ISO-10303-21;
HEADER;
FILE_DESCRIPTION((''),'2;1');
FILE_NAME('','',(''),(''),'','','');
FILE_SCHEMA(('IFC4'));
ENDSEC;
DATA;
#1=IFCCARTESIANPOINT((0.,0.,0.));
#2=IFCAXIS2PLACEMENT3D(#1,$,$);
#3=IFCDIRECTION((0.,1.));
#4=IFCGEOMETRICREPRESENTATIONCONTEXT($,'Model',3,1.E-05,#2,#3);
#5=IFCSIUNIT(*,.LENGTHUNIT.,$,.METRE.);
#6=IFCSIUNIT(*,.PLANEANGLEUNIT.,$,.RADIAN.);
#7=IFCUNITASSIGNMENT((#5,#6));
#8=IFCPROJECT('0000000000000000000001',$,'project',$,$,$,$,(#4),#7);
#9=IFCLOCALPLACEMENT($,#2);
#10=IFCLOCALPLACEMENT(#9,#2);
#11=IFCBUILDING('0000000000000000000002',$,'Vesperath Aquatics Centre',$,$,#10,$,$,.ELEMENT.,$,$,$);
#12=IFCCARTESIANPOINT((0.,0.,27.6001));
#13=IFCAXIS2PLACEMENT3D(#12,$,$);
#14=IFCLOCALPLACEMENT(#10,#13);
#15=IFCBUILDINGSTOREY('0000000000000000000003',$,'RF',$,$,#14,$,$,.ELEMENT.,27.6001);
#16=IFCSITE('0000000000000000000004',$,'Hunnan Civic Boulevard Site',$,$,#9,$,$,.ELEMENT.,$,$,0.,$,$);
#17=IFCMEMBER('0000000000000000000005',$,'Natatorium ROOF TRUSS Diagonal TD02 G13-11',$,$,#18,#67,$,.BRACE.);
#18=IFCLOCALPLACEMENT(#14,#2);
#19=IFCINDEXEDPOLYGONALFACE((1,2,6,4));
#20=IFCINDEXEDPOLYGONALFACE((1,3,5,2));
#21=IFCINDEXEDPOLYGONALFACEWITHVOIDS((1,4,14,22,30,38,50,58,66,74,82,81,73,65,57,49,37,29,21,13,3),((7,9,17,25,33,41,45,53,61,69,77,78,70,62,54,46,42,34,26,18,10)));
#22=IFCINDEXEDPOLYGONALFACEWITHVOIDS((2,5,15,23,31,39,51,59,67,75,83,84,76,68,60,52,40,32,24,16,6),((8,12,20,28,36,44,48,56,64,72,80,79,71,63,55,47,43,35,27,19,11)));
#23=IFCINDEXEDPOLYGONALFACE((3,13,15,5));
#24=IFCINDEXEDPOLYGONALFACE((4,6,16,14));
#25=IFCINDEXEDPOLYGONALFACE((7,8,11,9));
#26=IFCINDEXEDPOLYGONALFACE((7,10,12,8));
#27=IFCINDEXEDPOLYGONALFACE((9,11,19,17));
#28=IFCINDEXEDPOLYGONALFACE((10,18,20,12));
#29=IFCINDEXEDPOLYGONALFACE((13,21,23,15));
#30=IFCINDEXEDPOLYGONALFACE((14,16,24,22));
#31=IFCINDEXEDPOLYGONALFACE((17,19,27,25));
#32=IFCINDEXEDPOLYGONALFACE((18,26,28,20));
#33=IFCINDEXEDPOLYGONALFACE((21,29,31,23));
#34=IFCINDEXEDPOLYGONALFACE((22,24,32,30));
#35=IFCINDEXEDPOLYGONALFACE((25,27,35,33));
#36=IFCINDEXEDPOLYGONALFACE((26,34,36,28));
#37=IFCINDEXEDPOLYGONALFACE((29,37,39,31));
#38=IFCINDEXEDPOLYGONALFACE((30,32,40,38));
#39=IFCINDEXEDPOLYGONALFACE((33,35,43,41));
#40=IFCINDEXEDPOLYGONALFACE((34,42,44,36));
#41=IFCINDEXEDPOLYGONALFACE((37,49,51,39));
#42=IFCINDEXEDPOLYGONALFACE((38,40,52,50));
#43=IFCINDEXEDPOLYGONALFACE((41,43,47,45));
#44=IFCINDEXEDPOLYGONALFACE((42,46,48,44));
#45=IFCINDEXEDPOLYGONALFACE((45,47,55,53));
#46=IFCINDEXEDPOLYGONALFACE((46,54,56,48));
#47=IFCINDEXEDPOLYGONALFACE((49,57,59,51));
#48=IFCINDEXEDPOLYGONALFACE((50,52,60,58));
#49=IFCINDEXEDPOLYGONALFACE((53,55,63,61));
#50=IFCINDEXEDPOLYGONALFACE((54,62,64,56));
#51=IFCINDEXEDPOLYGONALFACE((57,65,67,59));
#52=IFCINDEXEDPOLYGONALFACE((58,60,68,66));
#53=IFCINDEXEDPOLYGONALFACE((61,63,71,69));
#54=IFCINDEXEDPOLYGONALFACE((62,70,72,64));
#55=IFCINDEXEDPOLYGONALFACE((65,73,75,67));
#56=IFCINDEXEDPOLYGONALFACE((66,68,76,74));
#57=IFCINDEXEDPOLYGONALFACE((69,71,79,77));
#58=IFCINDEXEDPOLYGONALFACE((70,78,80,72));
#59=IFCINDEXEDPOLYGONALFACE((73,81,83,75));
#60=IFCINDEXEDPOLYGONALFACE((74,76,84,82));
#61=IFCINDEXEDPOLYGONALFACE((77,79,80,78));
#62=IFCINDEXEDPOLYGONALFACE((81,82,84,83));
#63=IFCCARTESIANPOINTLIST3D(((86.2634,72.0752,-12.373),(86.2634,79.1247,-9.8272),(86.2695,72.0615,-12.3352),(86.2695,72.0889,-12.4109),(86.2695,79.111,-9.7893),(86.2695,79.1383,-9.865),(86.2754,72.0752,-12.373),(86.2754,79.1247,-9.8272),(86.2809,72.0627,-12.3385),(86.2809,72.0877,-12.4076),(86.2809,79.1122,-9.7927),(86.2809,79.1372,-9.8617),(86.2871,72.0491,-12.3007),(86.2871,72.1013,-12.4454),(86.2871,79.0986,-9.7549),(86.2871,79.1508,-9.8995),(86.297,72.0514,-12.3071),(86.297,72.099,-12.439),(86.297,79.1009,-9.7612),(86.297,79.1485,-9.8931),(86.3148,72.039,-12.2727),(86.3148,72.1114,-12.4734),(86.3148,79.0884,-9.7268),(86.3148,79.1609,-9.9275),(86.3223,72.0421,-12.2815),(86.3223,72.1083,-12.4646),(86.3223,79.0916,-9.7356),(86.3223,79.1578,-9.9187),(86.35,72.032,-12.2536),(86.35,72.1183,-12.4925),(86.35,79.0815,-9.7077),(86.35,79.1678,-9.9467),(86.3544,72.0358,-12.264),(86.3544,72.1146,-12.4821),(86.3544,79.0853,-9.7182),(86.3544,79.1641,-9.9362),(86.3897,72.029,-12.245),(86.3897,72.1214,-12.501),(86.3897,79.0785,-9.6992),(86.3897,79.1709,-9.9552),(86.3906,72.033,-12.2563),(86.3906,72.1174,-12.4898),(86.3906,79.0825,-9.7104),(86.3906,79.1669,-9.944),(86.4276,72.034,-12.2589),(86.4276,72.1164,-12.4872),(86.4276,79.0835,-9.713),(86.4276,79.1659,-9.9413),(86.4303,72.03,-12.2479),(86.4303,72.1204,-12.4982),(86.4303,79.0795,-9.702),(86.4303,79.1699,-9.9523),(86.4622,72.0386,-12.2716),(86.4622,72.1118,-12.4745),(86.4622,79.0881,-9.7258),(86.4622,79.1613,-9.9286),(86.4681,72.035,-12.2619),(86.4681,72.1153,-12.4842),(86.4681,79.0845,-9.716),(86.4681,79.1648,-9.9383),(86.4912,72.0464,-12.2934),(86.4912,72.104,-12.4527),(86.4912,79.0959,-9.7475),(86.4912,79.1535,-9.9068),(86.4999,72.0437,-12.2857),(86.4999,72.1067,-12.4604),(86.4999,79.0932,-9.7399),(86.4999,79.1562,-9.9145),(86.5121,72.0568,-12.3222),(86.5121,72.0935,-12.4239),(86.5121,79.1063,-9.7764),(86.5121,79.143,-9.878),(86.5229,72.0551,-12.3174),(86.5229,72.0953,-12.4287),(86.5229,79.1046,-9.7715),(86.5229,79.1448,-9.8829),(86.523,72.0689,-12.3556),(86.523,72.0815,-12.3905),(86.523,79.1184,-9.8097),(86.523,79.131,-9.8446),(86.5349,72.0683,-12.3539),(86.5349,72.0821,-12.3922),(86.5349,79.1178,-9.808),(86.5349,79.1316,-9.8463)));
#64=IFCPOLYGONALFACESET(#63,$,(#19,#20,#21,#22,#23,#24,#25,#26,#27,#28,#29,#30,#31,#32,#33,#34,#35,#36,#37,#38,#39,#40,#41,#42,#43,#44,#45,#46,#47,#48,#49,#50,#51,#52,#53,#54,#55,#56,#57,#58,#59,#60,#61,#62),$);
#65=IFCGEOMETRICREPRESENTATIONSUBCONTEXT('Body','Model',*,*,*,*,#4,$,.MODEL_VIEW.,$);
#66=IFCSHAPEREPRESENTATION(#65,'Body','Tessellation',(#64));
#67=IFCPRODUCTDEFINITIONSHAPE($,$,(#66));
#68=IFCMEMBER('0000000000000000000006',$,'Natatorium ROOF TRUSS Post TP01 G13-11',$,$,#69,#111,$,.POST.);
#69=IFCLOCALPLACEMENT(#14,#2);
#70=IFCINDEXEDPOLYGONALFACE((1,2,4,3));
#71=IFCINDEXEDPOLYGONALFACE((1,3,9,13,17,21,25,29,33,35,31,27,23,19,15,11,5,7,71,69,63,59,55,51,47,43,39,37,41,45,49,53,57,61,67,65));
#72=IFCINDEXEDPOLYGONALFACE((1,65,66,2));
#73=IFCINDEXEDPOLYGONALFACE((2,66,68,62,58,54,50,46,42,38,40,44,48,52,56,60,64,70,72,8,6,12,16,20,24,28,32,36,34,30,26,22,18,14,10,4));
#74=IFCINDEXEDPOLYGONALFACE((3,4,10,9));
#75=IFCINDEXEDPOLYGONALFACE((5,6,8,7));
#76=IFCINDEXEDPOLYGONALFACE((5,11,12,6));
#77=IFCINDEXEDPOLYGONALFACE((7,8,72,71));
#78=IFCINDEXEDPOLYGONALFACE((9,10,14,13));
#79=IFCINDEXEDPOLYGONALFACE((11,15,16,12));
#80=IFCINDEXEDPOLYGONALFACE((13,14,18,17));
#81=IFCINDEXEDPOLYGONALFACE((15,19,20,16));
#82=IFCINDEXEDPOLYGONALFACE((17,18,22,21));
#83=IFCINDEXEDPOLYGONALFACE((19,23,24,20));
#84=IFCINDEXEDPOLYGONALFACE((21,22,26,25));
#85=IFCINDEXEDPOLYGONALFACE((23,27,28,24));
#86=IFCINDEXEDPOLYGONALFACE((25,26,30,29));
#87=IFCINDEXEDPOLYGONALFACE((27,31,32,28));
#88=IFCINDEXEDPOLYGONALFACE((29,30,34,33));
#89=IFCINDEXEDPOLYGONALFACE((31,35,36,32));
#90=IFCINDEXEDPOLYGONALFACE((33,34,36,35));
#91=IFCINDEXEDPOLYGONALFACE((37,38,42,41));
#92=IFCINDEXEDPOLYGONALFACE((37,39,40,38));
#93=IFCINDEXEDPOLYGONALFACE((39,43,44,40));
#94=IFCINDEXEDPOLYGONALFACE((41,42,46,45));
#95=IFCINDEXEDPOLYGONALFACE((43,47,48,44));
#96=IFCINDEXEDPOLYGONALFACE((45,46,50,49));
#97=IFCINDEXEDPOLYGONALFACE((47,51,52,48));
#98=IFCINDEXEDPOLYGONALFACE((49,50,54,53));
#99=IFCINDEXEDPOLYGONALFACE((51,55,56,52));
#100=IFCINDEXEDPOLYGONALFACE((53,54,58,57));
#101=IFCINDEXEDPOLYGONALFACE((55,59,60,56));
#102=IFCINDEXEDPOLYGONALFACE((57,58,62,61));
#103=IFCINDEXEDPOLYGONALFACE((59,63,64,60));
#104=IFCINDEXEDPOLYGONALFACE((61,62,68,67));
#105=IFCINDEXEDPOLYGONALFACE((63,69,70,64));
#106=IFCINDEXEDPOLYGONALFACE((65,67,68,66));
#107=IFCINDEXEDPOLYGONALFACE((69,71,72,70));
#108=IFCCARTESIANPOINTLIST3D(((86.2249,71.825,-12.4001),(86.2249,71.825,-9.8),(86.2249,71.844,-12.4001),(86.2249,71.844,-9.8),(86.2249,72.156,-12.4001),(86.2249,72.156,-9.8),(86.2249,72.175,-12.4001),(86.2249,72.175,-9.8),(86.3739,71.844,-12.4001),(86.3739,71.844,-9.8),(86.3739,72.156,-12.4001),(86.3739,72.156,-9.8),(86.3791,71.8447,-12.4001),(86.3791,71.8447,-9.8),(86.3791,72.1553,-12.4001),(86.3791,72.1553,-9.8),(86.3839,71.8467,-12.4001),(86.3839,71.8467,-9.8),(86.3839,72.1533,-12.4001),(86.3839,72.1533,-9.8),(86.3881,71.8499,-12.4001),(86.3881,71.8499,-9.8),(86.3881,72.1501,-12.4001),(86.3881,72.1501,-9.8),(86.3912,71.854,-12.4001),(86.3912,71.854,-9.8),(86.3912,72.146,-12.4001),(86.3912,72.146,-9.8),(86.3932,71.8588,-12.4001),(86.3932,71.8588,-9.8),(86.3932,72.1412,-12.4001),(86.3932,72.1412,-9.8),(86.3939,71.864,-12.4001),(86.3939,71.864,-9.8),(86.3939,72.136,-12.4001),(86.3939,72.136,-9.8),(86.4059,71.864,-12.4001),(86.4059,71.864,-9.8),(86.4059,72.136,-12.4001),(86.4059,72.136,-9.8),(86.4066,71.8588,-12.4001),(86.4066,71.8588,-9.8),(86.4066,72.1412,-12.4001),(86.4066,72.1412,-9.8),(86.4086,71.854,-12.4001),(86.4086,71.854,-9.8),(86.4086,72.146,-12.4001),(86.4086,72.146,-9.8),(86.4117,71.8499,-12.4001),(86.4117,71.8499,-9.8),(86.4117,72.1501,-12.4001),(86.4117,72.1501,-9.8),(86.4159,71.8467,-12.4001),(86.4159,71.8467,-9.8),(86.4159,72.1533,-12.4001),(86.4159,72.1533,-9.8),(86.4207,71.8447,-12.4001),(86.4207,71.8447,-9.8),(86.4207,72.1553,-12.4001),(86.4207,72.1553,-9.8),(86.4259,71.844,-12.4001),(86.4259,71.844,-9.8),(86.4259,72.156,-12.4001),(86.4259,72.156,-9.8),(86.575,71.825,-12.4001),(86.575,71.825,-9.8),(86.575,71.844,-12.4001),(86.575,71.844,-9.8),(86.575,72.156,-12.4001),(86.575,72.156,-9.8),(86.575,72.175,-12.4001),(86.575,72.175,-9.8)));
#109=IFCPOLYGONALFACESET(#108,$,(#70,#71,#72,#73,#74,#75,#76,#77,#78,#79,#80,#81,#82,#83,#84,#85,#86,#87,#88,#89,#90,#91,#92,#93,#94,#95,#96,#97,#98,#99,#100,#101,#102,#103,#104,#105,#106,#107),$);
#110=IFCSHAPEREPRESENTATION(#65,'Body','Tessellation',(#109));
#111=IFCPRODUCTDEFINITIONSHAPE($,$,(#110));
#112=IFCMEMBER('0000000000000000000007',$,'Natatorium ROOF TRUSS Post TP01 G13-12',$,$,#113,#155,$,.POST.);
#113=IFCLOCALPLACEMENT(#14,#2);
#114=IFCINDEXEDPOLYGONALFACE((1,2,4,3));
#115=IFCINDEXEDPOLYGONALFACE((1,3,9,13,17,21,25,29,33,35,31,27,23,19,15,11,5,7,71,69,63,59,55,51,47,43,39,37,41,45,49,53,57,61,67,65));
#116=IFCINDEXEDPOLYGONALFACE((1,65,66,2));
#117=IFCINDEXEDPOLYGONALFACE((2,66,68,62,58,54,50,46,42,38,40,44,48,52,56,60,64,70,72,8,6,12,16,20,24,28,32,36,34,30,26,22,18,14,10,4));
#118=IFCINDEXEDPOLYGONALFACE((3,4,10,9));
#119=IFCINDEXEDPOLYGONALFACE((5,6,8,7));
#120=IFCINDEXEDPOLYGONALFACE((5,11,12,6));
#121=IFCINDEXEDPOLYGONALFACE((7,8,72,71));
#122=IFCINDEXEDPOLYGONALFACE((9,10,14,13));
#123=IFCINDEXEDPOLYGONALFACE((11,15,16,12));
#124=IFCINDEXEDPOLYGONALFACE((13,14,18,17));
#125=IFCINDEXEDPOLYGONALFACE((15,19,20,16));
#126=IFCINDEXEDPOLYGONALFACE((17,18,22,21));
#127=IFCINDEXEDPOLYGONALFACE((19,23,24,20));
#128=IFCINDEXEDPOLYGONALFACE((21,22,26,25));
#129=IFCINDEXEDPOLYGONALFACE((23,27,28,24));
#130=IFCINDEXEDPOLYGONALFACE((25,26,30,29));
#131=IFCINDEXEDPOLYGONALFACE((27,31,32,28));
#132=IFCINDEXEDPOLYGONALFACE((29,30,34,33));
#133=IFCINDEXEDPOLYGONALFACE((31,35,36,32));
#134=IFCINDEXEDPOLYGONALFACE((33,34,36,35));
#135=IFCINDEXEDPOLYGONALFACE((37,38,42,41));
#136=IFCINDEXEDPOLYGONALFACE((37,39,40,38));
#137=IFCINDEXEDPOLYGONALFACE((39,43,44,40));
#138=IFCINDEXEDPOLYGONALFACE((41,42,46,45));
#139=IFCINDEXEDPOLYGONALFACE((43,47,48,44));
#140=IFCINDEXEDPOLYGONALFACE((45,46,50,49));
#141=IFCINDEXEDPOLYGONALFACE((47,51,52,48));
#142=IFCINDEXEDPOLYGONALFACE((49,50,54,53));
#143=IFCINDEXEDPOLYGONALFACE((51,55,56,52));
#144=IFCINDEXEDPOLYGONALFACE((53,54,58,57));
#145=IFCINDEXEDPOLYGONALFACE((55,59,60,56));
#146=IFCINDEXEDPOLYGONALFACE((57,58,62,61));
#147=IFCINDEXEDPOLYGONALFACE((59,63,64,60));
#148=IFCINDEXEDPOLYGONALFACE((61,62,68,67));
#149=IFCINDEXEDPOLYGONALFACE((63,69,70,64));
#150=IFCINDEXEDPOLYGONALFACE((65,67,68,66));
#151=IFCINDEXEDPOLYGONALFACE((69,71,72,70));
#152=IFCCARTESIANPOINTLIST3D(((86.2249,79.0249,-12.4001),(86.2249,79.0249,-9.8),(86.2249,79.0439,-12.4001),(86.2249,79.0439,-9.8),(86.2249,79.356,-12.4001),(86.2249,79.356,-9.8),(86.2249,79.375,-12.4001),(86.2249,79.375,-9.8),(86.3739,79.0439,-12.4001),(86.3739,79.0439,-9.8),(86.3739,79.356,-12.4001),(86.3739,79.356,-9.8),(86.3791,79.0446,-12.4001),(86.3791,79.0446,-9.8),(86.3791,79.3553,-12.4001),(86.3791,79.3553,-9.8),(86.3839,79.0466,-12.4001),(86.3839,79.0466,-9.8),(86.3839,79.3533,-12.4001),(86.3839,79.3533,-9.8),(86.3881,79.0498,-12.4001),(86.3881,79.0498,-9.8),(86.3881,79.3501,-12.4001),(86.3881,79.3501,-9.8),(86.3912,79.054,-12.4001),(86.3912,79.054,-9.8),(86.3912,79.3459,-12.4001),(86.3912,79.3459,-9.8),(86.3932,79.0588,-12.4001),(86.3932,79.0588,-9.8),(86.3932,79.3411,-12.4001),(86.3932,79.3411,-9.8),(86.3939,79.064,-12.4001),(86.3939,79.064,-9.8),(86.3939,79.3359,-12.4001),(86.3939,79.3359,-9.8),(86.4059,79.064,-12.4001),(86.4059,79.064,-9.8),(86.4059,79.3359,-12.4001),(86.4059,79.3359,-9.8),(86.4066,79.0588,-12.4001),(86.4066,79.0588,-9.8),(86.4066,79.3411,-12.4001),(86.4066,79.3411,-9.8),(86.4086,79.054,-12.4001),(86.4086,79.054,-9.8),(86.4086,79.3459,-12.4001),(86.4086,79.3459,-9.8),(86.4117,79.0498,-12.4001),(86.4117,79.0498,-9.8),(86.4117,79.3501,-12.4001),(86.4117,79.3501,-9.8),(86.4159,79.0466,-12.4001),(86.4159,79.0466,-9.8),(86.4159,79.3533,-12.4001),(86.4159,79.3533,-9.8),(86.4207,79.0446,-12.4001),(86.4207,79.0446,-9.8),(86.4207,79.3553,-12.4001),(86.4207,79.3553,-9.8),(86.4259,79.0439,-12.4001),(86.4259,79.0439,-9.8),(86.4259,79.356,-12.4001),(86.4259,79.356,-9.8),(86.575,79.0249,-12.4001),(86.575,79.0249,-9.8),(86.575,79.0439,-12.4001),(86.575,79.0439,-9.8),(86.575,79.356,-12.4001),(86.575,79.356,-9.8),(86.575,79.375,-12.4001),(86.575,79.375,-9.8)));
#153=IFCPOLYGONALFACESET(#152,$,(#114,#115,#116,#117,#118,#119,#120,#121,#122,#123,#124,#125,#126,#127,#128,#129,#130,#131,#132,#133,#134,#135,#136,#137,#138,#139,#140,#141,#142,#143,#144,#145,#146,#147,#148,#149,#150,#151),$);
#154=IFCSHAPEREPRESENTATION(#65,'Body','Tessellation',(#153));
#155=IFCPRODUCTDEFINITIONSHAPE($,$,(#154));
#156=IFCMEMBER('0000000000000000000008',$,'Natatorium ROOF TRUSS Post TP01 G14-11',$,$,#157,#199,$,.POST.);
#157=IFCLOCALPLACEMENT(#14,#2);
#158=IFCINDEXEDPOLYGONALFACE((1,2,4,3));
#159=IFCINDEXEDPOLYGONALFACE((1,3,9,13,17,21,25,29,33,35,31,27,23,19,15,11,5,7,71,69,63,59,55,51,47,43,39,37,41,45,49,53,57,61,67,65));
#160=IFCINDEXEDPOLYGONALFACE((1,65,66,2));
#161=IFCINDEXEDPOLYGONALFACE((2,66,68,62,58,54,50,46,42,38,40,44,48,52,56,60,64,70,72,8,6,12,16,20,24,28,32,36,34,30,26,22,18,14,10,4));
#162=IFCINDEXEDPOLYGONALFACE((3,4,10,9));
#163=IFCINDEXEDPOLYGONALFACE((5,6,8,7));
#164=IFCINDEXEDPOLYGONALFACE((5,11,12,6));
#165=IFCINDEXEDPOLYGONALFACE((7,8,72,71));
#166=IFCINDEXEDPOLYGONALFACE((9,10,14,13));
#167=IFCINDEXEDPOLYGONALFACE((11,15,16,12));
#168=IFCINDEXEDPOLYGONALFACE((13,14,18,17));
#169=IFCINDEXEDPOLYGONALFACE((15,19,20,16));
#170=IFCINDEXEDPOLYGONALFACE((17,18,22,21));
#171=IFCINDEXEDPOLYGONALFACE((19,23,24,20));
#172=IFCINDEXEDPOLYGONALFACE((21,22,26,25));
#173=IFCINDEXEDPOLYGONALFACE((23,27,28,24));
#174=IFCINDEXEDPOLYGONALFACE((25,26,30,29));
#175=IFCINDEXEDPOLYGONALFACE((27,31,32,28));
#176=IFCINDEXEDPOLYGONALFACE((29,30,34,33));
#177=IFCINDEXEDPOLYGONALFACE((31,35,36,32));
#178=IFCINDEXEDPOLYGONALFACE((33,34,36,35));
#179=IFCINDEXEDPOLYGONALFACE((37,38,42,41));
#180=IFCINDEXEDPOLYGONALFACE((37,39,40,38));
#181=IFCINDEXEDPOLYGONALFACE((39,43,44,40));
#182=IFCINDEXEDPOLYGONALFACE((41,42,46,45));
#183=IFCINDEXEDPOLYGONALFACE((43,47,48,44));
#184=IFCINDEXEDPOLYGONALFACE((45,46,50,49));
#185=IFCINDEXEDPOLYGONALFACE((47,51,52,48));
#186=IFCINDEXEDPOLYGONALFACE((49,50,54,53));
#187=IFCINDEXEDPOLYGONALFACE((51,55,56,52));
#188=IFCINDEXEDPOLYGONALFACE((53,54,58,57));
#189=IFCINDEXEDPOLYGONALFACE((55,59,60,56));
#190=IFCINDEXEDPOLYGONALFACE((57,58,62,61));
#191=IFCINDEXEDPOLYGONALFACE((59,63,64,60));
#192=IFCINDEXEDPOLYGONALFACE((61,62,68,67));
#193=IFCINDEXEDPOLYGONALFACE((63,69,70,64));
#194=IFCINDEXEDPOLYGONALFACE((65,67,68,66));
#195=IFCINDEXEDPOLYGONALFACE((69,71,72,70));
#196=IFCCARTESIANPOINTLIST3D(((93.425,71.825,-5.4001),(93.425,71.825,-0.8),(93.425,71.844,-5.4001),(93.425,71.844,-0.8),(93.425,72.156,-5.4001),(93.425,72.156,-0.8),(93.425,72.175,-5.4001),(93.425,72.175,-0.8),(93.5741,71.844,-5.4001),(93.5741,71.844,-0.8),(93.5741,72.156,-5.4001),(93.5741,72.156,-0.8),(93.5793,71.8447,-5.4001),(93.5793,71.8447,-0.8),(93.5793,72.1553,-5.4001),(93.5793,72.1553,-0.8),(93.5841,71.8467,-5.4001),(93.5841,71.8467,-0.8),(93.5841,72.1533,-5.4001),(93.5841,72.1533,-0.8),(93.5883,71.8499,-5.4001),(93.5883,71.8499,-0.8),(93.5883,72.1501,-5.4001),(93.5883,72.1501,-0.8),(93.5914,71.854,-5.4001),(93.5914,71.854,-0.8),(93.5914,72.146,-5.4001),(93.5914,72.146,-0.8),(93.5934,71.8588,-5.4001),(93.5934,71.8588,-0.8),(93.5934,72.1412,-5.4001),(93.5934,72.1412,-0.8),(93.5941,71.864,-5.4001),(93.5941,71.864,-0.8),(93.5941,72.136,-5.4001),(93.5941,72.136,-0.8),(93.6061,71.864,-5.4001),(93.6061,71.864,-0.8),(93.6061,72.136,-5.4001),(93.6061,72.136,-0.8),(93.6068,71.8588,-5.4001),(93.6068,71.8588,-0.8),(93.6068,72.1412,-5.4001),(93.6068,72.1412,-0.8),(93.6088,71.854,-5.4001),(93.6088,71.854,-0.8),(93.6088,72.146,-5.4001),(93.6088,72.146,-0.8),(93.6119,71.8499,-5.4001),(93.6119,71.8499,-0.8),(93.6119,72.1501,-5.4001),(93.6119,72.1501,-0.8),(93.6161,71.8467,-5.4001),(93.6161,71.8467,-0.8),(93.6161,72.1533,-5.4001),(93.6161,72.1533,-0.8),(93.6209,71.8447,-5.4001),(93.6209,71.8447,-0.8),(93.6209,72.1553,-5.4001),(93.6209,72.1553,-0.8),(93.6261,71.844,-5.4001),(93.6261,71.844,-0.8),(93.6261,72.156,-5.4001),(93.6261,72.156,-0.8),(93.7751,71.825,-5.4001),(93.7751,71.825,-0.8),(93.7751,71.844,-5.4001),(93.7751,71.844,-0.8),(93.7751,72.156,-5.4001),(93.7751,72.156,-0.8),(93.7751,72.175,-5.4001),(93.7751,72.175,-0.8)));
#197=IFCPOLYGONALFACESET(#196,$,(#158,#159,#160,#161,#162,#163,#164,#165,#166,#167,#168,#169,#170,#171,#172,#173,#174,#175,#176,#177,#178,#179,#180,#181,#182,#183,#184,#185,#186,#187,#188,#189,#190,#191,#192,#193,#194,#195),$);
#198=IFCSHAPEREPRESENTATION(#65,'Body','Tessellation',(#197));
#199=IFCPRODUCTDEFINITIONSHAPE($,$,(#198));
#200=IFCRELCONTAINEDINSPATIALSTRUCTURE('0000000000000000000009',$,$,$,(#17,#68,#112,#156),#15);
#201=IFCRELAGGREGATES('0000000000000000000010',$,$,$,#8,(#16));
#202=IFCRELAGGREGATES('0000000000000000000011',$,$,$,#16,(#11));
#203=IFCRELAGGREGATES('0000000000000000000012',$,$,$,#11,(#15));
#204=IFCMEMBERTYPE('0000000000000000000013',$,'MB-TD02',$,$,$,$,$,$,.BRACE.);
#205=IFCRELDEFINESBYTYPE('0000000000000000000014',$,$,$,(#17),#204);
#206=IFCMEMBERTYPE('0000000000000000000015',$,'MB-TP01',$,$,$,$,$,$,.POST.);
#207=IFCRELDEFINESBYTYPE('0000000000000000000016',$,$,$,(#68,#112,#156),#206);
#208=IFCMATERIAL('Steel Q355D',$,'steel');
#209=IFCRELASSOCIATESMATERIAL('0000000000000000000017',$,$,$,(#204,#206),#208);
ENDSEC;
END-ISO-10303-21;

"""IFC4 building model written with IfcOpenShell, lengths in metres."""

from ifc_helpers import new_model, si_unit, direction, frame, origin, origin_2d, place, context, subcontext, project, spatial, hollow_circle, i_section, extrude, material, material_profile, profile_set, type_object, element, save


model = new_model("IFC4")

# Units and contexts
model_context = context("Model", 3, precision=1e-05, world=origin(), true_north=direction((0.0, 1.0)))
body_context = subcontext(model_context, "Body", "Model", "MODEL_VIEW")
ifc_project = project(units=[si_unit("LENGTHUNIT", "METRE"), si_unit("PLANEANGLEUNIT", "RADIAN")], contexts=[model_context])

# Site, building, storey
site_placement = place(None, origin())
site = spatial("IfcSite", under=ifc_project, at=site_placement, Name="Hunnan Civic Boulevard Site", CompositionType="ELEMENT", RefElevation=0.0)
building_placement = place(site_placement, origin())
building = spatial("IfcBuilding", under=site, at=building_placement, Name="Vesperath Aquatics Centre", CompositionType="ELEMENT")
storey_placement = place(building_placement, frame((0.0, 0.0, 27.6001)))
storey = spatial("IfcBuildingStorey", under=building, at=storey_placement, Name="RF", CompositionType="ELEMENT", Elevation=27.6001)

# Members
ifc_material_1 = material(Name="Steel Q355D", Category="steel")
ifc_material_profile_1 = material_profile(ifc_material_1, hollow_circle(Radius=0.1365, WallThickness=0.012, at=origin_2d()), Name="CHS 273.0x12")
ifc_profile_set_1 = profile_set([ifc_material_profile_1], Name="Steel Q355D")
member_type_1 = type_object("IfcMemberType", Name="MB-TD02", PredefinedType="BRACE", material=ifc_profile_set_1)
member_1_placement = place(storey_placement, frame((86.3999, 72.0752, -12.373), z_axis=(0.0, 0.940544, 0.339671), x_axis=(-1.0, 0.0, 0.0)))
element("IfcMember", 1, at=member_1_placement, inside=storey, type_object=member_type_1, Name="Natatorium ROOF TRUSS Diagonal TD02 G13-11", PredefinedType="BRACE", context=body_context, shape_type="SweptSolid", body=[
    extrude(hollow_circle(Radius=0.1365, WallThickness=0.012, at=origin_2d()), origin(), (0.0, 0.0, 1.0), 7.4951),
])
ifc_material_profile_2 = material_profile(ifc_material_1, i_section(OverallWidth=0.3501, OverallDepth=0.3501, WebThickness=0.012, FlangeThickness=0.019, FilletRadius=0.02, at=origin_2d()), Name="HW 350x350x12x19")
ifc_profile_set_2 = profile_set([ifc_material_profile_2], Name="Steel Q355D")
member_type_2 = type_object("IfcMemberType", Name="MB-TP01", PredefinedType="POST", material=ifc_profile_set_2)
for number, where, z_axis, x_axis, name in (
    (2, (86.3999, 72.0, -12.4001), (0.0, 0.0, 1.0), (1.0, 0.0, 0.0), "Natatorium ROOF TRUSS Post TP01 G13-11"),
    (3, (86.3999, 79.2, -12.4001), (0.0, 0.0, 1.0), (1.0, 0.0, 0.0), "Natatorium ROOF TRUSS Post TP01 G13-12"),
):
    element("IfcMember", number, at=place(storey_placement, frame(where, z_axis=z_axis, x_axis=x_axis)), inside=storey, type_object=member_type_2, Name=name, PredefinedType="POST", context=body_context, shape_type="SweptSolid", body=[
        extrude(i_section(OverallWidth=0.3501, OverallDepth=0.3501, WebThickness=0.012, FlangeThickness=0.019, FilletRadius=0.02, at=origin_2d()), origin(), (0.0, 0.0, 1.0), 2.6001),
    ])
member_2_placement = place(storey_placement, frame((93.6001, 72.0, -5.4001), z_axis=(0.0, 0.0, 1.0), x_axis=(1.0, 0.0, 0.0)))
element("IfcMember", 4, at=member_2_placement, inside=storey, type_object=member_type_2, Name="Natatorium ROOF TRUSS Post TP01 G14-11", PredefinedType="POST", context=body_context, shape_type="SweptSolid", body=[
    extrude(i_section(OverallWidth=0.3501, OverallDepth=0.3501, WebThickness=0.012, FlangeThickness=0.019, FilletRadius=0.02, at=origin_2d()), origin(), (0.0, 0.0, 1.0), 4.6001),
])

save(model, "model.ifc")
